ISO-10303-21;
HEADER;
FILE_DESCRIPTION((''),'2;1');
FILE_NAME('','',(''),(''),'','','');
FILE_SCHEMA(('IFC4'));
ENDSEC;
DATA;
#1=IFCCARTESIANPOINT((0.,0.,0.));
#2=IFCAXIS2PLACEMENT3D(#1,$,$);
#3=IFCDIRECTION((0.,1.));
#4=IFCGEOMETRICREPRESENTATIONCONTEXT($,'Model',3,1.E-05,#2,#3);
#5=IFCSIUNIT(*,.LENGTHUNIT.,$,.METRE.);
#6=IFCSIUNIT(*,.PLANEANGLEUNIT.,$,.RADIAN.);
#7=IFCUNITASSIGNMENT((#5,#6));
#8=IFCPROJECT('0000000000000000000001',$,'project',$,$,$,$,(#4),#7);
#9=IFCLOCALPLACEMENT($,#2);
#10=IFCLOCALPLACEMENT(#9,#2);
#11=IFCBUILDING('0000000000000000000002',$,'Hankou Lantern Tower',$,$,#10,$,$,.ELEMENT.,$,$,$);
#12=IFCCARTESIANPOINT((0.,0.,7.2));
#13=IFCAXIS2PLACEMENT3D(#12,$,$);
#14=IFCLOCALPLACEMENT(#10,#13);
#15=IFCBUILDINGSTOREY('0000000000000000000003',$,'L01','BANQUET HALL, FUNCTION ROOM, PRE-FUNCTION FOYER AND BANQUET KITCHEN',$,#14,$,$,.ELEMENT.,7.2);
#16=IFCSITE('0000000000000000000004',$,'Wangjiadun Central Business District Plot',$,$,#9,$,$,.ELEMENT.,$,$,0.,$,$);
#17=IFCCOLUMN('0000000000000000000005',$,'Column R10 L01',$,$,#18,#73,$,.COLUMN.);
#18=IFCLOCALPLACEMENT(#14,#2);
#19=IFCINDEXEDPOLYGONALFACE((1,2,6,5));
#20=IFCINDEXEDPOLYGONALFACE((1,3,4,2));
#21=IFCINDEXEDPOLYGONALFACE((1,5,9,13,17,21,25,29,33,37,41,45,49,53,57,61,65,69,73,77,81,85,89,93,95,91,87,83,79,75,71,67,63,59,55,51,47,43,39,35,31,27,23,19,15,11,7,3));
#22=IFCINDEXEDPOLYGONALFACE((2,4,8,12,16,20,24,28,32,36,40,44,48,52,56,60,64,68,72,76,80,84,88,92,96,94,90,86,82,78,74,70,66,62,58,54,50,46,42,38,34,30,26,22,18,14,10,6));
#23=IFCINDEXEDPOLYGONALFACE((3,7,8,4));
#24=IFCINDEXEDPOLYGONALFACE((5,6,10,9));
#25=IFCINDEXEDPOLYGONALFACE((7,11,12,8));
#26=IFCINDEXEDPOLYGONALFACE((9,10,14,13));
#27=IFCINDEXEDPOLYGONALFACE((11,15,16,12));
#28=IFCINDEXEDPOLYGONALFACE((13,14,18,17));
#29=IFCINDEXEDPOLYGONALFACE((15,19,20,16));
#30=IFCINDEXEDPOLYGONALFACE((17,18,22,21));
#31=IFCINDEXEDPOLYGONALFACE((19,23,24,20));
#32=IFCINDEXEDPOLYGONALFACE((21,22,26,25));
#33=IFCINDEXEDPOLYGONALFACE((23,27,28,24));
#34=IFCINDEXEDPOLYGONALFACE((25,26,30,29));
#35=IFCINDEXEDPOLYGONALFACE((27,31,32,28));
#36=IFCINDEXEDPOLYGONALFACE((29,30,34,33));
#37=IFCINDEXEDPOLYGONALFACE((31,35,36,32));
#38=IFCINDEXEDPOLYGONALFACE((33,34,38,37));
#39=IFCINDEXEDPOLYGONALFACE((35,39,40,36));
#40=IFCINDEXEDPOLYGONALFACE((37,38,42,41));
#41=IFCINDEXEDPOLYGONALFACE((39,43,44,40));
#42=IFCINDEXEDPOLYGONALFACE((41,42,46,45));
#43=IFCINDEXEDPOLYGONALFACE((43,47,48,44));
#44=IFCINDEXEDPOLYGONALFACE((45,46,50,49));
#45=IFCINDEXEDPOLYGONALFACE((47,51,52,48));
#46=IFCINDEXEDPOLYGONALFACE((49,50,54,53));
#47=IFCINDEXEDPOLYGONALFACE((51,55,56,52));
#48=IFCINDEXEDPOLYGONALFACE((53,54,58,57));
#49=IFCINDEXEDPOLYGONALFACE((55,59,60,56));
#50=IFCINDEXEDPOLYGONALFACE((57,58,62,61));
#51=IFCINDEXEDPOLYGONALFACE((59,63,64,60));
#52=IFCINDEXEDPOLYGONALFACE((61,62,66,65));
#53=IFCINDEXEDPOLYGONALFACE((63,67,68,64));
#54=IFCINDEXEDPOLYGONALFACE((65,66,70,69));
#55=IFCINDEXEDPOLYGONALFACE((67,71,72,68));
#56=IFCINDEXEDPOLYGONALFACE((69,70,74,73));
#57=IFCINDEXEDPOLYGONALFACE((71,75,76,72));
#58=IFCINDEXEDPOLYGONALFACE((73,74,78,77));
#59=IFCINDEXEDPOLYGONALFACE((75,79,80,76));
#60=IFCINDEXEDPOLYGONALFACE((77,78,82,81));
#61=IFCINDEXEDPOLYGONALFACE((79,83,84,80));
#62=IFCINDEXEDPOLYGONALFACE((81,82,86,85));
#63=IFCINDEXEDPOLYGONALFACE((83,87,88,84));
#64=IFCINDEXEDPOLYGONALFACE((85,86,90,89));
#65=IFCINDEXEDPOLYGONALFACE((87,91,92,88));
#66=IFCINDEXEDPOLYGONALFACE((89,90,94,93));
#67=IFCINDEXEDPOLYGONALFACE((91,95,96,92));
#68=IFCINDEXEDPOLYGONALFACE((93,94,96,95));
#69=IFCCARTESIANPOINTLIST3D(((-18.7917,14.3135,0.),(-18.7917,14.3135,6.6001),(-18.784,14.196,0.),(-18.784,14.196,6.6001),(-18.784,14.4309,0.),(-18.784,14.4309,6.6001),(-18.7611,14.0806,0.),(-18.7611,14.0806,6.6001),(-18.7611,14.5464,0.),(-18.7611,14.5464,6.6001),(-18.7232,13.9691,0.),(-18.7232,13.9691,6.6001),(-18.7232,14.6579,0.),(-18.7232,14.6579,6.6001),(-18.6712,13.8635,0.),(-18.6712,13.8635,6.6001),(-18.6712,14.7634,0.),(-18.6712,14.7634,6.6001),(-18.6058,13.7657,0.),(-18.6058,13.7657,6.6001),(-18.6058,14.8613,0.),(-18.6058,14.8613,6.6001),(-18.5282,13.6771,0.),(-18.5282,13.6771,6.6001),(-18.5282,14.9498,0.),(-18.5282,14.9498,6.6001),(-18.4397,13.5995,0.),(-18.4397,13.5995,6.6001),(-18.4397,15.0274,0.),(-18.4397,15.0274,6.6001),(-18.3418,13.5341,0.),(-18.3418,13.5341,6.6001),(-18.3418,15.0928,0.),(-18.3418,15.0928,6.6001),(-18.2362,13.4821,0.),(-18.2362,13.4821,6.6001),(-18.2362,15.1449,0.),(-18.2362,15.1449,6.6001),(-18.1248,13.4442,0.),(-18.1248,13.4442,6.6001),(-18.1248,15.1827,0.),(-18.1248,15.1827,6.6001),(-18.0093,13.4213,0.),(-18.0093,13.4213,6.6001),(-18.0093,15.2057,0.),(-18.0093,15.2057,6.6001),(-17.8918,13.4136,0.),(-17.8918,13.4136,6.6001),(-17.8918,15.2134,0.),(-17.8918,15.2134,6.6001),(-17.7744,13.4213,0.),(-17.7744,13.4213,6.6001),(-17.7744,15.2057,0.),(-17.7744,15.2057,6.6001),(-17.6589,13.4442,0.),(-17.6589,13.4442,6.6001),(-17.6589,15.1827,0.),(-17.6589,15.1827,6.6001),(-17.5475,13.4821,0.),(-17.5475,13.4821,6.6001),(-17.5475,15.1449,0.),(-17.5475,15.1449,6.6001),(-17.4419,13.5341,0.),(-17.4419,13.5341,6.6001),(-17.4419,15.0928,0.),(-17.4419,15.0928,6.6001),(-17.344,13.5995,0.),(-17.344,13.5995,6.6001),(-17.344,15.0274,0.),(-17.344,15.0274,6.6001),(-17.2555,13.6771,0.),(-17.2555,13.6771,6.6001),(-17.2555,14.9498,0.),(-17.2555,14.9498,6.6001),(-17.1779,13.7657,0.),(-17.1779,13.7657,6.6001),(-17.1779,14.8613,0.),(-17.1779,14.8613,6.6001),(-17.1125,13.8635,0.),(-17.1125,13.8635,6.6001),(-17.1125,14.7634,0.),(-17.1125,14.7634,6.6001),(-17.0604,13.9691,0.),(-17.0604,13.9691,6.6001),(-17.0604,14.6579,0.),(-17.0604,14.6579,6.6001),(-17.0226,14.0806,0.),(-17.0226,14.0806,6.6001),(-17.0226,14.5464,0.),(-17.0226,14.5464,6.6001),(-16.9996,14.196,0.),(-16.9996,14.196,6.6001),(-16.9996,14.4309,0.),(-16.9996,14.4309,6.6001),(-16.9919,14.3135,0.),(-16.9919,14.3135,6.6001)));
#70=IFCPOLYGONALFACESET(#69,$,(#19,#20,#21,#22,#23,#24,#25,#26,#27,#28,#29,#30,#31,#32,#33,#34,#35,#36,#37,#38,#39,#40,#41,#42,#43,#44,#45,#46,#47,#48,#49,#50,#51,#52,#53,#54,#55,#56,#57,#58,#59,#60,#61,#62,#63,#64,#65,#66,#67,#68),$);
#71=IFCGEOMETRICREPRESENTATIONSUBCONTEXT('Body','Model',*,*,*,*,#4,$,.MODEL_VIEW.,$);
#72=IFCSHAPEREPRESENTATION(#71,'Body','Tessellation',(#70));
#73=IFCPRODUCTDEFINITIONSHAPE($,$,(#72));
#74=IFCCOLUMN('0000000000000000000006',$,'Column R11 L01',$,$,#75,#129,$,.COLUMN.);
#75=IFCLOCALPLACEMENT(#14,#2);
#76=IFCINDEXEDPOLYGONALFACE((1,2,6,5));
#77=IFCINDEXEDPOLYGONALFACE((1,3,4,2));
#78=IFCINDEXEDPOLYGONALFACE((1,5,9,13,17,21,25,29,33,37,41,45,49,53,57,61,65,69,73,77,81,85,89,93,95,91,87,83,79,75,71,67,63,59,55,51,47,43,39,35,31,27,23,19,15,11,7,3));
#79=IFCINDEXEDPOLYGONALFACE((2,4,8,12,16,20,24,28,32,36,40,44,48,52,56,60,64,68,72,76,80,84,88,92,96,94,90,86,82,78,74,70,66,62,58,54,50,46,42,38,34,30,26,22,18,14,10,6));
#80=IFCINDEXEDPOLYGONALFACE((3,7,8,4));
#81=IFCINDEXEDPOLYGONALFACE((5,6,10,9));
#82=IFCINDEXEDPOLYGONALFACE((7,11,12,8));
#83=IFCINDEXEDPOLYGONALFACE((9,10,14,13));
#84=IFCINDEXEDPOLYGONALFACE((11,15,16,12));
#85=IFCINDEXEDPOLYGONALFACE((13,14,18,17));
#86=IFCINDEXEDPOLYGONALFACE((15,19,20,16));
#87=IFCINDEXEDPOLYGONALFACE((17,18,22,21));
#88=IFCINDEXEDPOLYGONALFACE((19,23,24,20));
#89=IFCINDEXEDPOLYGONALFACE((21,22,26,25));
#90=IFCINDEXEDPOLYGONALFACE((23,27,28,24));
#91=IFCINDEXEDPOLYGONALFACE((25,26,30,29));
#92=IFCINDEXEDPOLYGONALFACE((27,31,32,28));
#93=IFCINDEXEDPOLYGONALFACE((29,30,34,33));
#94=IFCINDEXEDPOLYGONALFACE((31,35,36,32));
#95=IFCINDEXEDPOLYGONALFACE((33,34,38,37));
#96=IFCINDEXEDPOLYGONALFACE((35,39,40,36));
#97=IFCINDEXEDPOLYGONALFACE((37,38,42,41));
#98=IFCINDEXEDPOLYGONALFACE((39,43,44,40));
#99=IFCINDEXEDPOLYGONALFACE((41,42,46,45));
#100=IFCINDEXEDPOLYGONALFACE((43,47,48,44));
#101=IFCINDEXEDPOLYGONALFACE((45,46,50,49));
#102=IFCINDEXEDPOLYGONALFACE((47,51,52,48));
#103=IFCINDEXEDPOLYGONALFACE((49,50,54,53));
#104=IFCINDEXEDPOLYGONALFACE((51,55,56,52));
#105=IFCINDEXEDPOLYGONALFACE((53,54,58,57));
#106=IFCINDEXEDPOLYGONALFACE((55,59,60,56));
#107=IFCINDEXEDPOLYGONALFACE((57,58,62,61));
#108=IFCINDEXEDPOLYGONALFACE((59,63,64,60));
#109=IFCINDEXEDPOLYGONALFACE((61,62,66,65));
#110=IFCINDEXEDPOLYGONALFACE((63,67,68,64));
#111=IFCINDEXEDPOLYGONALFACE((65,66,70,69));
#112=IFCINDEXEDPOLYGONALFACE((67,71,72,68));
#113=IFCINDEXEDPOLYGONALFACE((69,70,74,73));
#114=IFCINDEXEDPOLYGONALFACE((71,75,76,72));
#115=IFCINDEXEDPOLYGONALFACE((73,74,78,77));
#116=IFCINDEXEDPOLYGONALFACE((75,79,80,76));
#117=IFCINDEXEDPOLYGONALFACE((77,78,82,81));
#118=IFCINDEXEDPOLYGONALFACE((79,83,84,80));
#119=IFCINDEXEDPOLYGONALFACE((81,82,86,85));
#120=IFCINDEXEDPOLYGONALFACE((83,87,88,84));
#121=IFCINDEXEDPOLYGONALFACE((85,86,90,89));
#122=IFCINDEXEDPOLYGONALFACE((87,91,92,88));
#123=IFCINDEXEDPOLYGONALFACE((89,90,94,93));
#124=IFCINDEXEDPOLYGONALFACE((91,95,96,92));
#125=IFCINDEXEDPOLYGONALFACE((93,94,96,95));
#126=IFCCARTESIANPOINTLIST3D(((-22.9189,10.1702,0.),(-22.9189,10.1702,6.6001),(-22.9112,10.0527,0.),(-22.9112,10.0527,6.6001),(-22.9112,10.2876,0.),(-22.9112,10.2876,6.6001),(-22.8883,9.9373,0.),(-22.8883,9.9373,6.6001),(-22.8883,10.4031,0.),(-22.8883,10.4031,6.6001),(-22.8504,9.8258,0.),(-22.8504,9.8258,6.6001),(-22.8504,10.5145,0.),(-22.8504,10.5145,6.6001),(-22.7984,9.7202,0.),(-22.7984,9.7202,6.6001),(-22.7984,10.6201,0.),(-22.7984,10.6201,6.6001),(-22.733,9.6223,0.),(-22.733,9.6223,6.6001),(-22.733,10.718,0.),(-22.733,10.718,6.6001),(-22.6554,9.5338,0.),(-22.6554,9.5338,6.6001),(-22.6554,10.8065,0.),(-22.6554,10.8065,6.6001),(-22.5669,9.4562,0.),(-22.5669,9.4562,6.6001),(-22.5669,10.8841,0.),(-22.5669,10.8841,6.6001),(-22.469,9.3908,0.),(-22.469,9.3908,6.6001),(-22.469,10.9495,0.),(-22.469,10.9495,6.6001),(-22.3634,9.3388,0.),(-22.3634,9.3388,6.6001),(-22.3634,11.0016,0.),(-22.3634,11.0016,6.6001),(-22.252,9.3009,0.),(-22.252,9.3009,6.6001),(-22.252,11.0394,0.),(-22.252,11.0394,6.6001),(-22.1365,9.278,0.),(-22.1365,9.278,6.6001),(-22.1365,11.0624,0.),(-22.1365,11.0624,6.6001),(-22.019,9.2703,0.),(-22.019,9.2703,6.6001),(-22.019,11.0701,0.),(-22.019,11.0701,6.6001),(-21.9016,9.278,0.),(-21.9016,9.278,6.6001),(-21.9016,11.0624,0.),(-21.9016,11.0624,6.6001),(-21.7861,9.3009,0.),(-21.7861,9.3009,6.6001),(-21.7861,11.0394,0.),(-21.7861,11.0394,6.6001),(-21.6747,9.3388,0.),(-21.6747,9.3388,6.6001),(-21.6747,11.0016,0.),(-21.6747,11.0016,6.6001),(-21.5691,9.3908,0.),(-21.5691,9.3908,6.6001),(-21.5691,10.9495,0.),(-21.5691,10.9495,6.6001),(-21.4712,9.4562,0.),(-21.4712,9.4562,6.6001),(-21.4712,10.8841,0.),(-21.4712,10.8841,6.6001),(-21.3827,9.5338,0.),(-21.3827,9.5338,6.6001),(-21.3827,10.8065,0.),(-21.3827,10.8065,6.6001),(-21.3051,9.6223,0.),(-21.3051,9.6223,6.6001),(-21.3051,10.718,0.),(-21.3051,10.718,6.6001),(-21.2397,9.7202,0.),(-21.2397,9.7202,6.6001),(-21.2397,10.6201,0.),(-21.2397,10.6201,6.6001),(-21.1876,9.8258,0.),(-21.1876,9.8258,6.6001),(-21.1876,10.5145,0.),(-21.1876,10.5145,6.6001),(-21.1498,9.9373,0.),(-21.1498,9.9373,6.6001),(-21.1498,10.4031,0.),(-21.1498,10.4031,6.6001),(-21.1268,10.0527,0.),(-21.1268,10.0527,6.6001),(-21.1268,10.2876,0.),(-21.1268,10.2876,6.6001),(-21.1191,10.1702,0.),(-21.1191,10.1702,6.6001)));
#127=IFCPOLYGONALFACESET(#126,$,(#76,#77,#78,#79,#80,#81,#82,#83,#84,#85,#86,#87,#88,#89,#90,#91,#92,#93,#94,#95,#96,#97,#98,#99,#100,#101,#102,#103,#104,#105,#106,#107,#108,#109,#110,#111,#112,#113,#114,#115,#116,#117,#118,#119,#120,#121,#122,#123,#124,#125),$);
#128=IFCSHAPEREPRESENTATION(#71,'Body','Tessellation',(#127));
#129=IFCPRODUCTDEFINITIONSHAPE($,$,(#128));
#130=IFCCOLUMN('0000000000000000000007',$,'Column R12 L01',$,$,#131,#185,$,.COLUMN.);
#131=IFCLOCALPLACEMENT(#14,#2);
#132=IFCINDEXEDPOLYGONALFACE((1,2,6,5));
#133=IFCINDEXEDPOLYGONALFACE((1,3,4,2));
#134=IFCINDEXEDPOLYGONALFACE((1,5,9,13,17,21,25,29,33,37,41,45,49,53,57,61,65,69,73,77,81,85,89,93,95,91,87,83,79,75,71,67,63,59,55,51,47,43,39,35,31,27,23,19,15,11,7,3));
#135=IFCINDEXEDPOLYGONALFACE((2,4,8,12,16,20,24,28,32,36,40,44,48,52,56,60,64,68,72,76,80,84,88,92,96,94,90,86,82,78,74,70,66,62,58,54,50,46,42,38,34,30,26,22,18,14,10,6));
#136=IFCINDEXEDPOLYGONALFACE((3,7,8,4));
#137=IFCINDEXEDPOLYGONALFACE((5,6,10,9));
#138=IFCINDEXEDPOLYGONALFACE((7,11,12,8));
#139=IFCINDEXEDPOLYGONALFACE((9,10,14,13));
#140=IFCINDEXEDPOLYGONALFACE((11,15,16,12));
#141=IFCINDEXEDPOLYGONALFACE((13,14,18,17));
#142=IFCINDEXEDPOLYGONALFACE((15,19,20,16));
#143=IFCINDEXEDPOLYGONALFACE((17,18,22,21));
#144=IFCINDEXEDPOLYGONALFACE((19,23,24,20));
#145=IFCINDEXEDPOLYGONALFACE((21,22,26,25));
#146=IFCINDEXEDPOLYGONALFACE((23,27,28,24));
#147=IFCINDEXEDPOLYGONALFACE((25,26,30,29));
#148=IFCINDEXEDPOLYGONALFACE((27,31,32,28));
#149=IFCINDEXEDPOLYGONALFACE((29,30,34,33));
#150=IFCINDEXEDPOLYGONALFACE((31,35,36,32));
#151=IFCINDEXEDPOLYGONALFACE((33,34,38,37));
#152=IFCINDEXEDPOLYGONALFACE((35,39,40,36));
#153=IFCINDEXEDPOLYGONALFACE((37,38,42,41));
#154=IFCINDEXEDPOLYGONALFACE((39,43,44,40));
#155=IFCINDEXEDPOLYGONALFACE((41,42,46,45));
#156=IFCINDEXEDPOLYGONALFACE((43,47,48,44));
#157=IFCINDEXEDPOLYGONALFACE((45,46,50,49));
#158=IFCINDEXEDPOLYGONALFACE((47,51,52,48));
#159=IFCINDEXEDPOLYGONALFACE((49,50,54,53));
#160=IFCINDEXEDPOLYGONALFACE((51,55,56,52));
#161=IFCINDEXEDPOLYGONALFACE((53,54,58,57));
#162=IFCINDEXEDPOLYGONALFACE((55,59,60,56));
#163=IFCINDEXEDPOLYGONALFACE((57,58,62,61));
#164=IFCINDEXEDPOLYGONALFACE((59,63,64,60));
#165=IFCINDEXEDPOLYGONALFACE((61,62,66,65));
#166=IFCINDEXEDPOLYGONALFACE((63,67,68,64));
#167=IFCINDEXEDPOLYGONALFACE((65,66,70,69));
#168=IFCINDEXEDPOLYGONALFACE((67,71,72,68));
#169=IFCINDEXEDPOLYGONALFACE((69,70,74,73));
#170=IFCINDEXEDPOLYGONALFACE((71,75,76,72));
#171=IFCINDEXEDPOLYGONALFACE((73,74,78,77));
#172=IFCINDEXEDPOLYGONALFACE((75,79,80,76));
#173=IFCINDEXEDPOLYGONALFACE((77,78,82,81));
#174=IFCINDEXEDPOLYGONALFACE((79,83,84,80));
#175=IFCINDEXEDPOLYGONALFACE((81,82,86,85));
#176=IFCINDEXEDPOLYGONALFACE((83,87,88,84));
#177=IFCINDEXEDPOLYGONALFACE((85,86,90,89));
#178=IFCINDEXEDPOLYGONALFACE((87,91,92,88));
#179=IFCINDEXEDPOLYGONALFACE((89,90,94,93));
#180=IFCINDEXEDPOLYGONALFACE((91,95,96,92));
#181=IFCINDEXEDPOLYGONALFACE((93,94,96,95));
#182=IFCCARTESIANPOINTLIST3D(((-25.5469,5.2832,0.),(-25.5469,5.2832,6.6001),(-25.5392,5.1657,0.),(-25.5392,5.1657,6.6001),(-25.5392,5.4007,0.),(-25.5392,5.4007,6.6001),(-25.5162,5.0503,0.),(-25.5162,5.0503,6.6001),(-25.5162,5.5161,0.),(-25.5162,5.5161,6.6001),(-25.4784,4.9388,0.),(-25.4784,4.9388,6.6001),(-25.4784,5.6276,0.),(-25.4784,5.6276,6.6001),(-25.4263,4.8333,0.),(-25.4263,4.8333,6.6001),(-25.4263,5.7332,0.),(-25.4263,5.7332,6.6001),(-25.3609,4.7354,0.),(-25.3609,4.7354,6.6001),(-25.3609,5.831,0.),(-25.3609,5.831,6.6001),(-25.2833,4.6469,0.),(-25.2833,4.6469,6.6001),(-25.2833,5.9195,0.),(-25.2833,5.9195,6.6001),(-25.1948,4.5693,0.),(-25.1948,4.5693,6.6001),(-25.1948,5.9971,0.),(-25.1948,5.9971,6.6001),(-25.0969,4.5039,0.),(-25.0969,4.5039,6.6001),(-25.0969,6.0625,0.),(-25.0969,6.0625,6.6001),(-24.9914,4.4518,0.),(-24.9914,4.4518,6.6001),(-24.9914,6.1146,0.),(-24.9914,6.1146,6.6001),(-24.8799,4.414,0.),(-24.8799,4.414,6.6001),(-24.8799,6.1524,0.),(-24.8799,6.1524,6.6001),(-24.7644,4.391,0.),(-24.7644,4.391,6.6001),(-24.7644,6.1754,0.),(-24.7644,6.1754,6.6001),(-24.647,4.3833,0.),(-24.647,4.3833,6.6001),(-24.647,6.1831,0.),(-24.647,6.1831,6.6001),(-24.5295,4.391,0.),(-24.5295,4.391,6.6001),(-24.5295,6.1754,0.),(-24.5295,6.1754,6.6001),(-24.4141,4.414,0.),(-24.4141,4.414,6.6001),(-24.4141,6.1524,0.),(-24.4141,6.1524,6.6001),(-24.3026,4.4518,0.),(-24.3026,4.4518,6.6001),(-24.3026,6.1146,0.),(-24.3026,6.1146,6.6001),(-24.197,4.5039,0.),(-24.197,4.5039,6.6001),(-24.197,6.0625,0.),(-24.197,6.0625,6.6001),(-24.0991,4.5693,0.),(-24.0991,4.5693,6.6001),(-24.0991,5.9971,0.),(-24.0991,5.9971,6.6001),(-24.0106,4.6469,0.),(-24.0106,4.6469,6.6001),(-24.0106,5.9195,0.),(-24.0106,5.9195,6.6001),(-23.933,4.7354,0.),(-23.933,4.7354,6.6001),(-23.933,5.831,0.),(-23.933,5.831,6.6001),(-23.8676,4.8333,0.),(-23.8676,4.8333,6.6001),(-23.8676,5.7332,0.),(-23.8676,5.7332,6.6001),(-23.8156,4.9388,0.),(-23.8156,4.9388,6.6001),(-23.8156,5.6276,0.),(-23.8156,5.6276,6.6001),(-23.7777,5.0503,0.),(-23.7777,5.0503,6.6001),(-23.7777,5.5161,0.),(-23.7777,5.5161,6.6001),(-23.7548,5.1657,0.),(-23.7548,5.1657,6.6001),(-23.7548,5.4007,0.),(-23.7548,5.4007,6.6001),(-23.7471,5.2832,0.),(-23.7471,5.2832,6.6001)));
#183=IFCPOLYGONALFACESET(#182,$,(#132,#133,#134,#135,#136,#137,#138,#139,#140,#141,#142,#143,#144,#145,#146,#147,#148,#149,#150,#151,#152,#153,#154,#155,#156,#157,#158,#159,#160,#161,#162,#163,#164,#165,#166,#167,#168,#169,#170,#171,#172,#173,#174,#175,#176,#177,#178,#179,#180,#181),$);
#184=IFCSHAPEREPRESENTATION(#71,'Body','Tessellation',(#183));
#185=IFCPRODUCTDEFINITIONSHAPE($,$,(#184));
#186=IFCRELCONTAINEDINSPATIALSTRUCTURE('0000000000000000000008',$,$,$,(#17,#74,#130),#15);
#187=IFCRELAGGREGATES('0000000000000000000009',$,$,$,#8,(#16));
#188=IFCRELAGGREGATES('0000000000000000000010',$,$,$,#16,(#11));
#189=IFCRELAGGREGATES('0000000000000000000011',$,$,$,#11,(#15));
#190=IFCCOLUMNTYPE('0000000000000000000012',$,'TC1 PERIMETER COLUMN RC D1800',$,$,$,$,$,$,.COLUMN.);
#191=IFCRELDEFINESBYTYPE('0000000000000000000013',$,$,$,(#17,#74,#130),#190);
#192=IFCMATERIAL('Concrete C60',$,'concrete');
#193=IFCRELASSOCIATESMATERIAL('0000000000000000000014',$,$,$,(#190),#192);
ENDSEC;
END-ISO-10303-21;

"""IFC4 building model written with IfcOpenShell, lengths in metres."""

from ifc_helpers import new_model, si_unit, direction, frame, origin, origin_2d, place, context, subcontext, project, spatial, circle, extrude, material, material_profile, profile_set, type_object, element, save


model = new_model("IFC4")

# Units and contexts
model_context = context("Model", 3, precision=1e-05, world=origin(), true_north=direction((0.0, 1.0)))
body_context = subcontext(model_context, "Body", "Model", "MODEL_VIEW")
ifc_project = project(units=[si_unit("LENGTHUNIT", "METRE"), si_unit("PLANEANGLEUNIT", "RADIAN")], contexts=[model_context])

# Site, building, storey
site_placement = place(None, origin())
site = spatial("IfcSite", under=ifc_project, at=site_placement, Name="Wangjiadun Central Business District Plot", CompositionType="ELEMENT", RefElevation=0.0)
building_placement = place(site_placement, origin())
building = spatial("IfcBuilding", under=site, at=building_placement, Name="Hankou Lantern Tower", CompositionType="ELEMENT")
storey_placement = place(building_placement, frame((0.0, 0.0, 7.2)))
storey = spatial("IfcBuildingStorey", under=building, at=storey_placement, Name="L01", Description="BANQUET HALL, FUNCTION ROOM, PRE-FUNCTION FOYER AND BANQUET KITCHEN", CompositionType="ELEMENT", Elevation=7.2)

# Columns
ifc_material_1 = material(Name="Concrete C60", Category="concrete")
ifc_material_profile_1 = material_profile(ifc_material_1, circle(Radius=0.8999, at=origin_2d()), Name="RC D1800")
ifc_profile_set_1 = profile_set([ifc_material_profile_1], Name="Concrete C60")
column_type = type_object("IfcColumnType", Name="TC1 PERIMETER COLUMN RC D1800", PredefinedType="COLUMN", material=ifc_profile_set_1)
for number, where, z_axis, x_axis, name in (
    (1, (-17.8918, 14.3135, 0.0), (0.0, 0.0, 1.0), (1.0, 0.0, 0.0), "Column R10 L01"),
    (2, (-22.019, 10.1702, 0.0), (0.0, 0.0, 1.0), (1.0, 0.0, 0.0), "Column R11 L01"),
    (3, (-24.647, 5.2832, 0.0), (0.0, 0.0, 1.0), (1.0, 0.0, 0.0), "Column R12 L01"),
):
    element("IfcColumn", number, at=place(storey_placement, frame(where, z_axis=z_axis, x_axis=x_axis)), inside=storey, type_object=column_type, Name=name, PredefinedType="COLUMN", context=body_context, shape_type="SweptSolid", body=[
        extrude(circle(Radius=0.8999, at=origin_2d()), origin(), (0.0, 0.0, 1.0), 6.6001),
    ])

save(model, "model.ifc")
